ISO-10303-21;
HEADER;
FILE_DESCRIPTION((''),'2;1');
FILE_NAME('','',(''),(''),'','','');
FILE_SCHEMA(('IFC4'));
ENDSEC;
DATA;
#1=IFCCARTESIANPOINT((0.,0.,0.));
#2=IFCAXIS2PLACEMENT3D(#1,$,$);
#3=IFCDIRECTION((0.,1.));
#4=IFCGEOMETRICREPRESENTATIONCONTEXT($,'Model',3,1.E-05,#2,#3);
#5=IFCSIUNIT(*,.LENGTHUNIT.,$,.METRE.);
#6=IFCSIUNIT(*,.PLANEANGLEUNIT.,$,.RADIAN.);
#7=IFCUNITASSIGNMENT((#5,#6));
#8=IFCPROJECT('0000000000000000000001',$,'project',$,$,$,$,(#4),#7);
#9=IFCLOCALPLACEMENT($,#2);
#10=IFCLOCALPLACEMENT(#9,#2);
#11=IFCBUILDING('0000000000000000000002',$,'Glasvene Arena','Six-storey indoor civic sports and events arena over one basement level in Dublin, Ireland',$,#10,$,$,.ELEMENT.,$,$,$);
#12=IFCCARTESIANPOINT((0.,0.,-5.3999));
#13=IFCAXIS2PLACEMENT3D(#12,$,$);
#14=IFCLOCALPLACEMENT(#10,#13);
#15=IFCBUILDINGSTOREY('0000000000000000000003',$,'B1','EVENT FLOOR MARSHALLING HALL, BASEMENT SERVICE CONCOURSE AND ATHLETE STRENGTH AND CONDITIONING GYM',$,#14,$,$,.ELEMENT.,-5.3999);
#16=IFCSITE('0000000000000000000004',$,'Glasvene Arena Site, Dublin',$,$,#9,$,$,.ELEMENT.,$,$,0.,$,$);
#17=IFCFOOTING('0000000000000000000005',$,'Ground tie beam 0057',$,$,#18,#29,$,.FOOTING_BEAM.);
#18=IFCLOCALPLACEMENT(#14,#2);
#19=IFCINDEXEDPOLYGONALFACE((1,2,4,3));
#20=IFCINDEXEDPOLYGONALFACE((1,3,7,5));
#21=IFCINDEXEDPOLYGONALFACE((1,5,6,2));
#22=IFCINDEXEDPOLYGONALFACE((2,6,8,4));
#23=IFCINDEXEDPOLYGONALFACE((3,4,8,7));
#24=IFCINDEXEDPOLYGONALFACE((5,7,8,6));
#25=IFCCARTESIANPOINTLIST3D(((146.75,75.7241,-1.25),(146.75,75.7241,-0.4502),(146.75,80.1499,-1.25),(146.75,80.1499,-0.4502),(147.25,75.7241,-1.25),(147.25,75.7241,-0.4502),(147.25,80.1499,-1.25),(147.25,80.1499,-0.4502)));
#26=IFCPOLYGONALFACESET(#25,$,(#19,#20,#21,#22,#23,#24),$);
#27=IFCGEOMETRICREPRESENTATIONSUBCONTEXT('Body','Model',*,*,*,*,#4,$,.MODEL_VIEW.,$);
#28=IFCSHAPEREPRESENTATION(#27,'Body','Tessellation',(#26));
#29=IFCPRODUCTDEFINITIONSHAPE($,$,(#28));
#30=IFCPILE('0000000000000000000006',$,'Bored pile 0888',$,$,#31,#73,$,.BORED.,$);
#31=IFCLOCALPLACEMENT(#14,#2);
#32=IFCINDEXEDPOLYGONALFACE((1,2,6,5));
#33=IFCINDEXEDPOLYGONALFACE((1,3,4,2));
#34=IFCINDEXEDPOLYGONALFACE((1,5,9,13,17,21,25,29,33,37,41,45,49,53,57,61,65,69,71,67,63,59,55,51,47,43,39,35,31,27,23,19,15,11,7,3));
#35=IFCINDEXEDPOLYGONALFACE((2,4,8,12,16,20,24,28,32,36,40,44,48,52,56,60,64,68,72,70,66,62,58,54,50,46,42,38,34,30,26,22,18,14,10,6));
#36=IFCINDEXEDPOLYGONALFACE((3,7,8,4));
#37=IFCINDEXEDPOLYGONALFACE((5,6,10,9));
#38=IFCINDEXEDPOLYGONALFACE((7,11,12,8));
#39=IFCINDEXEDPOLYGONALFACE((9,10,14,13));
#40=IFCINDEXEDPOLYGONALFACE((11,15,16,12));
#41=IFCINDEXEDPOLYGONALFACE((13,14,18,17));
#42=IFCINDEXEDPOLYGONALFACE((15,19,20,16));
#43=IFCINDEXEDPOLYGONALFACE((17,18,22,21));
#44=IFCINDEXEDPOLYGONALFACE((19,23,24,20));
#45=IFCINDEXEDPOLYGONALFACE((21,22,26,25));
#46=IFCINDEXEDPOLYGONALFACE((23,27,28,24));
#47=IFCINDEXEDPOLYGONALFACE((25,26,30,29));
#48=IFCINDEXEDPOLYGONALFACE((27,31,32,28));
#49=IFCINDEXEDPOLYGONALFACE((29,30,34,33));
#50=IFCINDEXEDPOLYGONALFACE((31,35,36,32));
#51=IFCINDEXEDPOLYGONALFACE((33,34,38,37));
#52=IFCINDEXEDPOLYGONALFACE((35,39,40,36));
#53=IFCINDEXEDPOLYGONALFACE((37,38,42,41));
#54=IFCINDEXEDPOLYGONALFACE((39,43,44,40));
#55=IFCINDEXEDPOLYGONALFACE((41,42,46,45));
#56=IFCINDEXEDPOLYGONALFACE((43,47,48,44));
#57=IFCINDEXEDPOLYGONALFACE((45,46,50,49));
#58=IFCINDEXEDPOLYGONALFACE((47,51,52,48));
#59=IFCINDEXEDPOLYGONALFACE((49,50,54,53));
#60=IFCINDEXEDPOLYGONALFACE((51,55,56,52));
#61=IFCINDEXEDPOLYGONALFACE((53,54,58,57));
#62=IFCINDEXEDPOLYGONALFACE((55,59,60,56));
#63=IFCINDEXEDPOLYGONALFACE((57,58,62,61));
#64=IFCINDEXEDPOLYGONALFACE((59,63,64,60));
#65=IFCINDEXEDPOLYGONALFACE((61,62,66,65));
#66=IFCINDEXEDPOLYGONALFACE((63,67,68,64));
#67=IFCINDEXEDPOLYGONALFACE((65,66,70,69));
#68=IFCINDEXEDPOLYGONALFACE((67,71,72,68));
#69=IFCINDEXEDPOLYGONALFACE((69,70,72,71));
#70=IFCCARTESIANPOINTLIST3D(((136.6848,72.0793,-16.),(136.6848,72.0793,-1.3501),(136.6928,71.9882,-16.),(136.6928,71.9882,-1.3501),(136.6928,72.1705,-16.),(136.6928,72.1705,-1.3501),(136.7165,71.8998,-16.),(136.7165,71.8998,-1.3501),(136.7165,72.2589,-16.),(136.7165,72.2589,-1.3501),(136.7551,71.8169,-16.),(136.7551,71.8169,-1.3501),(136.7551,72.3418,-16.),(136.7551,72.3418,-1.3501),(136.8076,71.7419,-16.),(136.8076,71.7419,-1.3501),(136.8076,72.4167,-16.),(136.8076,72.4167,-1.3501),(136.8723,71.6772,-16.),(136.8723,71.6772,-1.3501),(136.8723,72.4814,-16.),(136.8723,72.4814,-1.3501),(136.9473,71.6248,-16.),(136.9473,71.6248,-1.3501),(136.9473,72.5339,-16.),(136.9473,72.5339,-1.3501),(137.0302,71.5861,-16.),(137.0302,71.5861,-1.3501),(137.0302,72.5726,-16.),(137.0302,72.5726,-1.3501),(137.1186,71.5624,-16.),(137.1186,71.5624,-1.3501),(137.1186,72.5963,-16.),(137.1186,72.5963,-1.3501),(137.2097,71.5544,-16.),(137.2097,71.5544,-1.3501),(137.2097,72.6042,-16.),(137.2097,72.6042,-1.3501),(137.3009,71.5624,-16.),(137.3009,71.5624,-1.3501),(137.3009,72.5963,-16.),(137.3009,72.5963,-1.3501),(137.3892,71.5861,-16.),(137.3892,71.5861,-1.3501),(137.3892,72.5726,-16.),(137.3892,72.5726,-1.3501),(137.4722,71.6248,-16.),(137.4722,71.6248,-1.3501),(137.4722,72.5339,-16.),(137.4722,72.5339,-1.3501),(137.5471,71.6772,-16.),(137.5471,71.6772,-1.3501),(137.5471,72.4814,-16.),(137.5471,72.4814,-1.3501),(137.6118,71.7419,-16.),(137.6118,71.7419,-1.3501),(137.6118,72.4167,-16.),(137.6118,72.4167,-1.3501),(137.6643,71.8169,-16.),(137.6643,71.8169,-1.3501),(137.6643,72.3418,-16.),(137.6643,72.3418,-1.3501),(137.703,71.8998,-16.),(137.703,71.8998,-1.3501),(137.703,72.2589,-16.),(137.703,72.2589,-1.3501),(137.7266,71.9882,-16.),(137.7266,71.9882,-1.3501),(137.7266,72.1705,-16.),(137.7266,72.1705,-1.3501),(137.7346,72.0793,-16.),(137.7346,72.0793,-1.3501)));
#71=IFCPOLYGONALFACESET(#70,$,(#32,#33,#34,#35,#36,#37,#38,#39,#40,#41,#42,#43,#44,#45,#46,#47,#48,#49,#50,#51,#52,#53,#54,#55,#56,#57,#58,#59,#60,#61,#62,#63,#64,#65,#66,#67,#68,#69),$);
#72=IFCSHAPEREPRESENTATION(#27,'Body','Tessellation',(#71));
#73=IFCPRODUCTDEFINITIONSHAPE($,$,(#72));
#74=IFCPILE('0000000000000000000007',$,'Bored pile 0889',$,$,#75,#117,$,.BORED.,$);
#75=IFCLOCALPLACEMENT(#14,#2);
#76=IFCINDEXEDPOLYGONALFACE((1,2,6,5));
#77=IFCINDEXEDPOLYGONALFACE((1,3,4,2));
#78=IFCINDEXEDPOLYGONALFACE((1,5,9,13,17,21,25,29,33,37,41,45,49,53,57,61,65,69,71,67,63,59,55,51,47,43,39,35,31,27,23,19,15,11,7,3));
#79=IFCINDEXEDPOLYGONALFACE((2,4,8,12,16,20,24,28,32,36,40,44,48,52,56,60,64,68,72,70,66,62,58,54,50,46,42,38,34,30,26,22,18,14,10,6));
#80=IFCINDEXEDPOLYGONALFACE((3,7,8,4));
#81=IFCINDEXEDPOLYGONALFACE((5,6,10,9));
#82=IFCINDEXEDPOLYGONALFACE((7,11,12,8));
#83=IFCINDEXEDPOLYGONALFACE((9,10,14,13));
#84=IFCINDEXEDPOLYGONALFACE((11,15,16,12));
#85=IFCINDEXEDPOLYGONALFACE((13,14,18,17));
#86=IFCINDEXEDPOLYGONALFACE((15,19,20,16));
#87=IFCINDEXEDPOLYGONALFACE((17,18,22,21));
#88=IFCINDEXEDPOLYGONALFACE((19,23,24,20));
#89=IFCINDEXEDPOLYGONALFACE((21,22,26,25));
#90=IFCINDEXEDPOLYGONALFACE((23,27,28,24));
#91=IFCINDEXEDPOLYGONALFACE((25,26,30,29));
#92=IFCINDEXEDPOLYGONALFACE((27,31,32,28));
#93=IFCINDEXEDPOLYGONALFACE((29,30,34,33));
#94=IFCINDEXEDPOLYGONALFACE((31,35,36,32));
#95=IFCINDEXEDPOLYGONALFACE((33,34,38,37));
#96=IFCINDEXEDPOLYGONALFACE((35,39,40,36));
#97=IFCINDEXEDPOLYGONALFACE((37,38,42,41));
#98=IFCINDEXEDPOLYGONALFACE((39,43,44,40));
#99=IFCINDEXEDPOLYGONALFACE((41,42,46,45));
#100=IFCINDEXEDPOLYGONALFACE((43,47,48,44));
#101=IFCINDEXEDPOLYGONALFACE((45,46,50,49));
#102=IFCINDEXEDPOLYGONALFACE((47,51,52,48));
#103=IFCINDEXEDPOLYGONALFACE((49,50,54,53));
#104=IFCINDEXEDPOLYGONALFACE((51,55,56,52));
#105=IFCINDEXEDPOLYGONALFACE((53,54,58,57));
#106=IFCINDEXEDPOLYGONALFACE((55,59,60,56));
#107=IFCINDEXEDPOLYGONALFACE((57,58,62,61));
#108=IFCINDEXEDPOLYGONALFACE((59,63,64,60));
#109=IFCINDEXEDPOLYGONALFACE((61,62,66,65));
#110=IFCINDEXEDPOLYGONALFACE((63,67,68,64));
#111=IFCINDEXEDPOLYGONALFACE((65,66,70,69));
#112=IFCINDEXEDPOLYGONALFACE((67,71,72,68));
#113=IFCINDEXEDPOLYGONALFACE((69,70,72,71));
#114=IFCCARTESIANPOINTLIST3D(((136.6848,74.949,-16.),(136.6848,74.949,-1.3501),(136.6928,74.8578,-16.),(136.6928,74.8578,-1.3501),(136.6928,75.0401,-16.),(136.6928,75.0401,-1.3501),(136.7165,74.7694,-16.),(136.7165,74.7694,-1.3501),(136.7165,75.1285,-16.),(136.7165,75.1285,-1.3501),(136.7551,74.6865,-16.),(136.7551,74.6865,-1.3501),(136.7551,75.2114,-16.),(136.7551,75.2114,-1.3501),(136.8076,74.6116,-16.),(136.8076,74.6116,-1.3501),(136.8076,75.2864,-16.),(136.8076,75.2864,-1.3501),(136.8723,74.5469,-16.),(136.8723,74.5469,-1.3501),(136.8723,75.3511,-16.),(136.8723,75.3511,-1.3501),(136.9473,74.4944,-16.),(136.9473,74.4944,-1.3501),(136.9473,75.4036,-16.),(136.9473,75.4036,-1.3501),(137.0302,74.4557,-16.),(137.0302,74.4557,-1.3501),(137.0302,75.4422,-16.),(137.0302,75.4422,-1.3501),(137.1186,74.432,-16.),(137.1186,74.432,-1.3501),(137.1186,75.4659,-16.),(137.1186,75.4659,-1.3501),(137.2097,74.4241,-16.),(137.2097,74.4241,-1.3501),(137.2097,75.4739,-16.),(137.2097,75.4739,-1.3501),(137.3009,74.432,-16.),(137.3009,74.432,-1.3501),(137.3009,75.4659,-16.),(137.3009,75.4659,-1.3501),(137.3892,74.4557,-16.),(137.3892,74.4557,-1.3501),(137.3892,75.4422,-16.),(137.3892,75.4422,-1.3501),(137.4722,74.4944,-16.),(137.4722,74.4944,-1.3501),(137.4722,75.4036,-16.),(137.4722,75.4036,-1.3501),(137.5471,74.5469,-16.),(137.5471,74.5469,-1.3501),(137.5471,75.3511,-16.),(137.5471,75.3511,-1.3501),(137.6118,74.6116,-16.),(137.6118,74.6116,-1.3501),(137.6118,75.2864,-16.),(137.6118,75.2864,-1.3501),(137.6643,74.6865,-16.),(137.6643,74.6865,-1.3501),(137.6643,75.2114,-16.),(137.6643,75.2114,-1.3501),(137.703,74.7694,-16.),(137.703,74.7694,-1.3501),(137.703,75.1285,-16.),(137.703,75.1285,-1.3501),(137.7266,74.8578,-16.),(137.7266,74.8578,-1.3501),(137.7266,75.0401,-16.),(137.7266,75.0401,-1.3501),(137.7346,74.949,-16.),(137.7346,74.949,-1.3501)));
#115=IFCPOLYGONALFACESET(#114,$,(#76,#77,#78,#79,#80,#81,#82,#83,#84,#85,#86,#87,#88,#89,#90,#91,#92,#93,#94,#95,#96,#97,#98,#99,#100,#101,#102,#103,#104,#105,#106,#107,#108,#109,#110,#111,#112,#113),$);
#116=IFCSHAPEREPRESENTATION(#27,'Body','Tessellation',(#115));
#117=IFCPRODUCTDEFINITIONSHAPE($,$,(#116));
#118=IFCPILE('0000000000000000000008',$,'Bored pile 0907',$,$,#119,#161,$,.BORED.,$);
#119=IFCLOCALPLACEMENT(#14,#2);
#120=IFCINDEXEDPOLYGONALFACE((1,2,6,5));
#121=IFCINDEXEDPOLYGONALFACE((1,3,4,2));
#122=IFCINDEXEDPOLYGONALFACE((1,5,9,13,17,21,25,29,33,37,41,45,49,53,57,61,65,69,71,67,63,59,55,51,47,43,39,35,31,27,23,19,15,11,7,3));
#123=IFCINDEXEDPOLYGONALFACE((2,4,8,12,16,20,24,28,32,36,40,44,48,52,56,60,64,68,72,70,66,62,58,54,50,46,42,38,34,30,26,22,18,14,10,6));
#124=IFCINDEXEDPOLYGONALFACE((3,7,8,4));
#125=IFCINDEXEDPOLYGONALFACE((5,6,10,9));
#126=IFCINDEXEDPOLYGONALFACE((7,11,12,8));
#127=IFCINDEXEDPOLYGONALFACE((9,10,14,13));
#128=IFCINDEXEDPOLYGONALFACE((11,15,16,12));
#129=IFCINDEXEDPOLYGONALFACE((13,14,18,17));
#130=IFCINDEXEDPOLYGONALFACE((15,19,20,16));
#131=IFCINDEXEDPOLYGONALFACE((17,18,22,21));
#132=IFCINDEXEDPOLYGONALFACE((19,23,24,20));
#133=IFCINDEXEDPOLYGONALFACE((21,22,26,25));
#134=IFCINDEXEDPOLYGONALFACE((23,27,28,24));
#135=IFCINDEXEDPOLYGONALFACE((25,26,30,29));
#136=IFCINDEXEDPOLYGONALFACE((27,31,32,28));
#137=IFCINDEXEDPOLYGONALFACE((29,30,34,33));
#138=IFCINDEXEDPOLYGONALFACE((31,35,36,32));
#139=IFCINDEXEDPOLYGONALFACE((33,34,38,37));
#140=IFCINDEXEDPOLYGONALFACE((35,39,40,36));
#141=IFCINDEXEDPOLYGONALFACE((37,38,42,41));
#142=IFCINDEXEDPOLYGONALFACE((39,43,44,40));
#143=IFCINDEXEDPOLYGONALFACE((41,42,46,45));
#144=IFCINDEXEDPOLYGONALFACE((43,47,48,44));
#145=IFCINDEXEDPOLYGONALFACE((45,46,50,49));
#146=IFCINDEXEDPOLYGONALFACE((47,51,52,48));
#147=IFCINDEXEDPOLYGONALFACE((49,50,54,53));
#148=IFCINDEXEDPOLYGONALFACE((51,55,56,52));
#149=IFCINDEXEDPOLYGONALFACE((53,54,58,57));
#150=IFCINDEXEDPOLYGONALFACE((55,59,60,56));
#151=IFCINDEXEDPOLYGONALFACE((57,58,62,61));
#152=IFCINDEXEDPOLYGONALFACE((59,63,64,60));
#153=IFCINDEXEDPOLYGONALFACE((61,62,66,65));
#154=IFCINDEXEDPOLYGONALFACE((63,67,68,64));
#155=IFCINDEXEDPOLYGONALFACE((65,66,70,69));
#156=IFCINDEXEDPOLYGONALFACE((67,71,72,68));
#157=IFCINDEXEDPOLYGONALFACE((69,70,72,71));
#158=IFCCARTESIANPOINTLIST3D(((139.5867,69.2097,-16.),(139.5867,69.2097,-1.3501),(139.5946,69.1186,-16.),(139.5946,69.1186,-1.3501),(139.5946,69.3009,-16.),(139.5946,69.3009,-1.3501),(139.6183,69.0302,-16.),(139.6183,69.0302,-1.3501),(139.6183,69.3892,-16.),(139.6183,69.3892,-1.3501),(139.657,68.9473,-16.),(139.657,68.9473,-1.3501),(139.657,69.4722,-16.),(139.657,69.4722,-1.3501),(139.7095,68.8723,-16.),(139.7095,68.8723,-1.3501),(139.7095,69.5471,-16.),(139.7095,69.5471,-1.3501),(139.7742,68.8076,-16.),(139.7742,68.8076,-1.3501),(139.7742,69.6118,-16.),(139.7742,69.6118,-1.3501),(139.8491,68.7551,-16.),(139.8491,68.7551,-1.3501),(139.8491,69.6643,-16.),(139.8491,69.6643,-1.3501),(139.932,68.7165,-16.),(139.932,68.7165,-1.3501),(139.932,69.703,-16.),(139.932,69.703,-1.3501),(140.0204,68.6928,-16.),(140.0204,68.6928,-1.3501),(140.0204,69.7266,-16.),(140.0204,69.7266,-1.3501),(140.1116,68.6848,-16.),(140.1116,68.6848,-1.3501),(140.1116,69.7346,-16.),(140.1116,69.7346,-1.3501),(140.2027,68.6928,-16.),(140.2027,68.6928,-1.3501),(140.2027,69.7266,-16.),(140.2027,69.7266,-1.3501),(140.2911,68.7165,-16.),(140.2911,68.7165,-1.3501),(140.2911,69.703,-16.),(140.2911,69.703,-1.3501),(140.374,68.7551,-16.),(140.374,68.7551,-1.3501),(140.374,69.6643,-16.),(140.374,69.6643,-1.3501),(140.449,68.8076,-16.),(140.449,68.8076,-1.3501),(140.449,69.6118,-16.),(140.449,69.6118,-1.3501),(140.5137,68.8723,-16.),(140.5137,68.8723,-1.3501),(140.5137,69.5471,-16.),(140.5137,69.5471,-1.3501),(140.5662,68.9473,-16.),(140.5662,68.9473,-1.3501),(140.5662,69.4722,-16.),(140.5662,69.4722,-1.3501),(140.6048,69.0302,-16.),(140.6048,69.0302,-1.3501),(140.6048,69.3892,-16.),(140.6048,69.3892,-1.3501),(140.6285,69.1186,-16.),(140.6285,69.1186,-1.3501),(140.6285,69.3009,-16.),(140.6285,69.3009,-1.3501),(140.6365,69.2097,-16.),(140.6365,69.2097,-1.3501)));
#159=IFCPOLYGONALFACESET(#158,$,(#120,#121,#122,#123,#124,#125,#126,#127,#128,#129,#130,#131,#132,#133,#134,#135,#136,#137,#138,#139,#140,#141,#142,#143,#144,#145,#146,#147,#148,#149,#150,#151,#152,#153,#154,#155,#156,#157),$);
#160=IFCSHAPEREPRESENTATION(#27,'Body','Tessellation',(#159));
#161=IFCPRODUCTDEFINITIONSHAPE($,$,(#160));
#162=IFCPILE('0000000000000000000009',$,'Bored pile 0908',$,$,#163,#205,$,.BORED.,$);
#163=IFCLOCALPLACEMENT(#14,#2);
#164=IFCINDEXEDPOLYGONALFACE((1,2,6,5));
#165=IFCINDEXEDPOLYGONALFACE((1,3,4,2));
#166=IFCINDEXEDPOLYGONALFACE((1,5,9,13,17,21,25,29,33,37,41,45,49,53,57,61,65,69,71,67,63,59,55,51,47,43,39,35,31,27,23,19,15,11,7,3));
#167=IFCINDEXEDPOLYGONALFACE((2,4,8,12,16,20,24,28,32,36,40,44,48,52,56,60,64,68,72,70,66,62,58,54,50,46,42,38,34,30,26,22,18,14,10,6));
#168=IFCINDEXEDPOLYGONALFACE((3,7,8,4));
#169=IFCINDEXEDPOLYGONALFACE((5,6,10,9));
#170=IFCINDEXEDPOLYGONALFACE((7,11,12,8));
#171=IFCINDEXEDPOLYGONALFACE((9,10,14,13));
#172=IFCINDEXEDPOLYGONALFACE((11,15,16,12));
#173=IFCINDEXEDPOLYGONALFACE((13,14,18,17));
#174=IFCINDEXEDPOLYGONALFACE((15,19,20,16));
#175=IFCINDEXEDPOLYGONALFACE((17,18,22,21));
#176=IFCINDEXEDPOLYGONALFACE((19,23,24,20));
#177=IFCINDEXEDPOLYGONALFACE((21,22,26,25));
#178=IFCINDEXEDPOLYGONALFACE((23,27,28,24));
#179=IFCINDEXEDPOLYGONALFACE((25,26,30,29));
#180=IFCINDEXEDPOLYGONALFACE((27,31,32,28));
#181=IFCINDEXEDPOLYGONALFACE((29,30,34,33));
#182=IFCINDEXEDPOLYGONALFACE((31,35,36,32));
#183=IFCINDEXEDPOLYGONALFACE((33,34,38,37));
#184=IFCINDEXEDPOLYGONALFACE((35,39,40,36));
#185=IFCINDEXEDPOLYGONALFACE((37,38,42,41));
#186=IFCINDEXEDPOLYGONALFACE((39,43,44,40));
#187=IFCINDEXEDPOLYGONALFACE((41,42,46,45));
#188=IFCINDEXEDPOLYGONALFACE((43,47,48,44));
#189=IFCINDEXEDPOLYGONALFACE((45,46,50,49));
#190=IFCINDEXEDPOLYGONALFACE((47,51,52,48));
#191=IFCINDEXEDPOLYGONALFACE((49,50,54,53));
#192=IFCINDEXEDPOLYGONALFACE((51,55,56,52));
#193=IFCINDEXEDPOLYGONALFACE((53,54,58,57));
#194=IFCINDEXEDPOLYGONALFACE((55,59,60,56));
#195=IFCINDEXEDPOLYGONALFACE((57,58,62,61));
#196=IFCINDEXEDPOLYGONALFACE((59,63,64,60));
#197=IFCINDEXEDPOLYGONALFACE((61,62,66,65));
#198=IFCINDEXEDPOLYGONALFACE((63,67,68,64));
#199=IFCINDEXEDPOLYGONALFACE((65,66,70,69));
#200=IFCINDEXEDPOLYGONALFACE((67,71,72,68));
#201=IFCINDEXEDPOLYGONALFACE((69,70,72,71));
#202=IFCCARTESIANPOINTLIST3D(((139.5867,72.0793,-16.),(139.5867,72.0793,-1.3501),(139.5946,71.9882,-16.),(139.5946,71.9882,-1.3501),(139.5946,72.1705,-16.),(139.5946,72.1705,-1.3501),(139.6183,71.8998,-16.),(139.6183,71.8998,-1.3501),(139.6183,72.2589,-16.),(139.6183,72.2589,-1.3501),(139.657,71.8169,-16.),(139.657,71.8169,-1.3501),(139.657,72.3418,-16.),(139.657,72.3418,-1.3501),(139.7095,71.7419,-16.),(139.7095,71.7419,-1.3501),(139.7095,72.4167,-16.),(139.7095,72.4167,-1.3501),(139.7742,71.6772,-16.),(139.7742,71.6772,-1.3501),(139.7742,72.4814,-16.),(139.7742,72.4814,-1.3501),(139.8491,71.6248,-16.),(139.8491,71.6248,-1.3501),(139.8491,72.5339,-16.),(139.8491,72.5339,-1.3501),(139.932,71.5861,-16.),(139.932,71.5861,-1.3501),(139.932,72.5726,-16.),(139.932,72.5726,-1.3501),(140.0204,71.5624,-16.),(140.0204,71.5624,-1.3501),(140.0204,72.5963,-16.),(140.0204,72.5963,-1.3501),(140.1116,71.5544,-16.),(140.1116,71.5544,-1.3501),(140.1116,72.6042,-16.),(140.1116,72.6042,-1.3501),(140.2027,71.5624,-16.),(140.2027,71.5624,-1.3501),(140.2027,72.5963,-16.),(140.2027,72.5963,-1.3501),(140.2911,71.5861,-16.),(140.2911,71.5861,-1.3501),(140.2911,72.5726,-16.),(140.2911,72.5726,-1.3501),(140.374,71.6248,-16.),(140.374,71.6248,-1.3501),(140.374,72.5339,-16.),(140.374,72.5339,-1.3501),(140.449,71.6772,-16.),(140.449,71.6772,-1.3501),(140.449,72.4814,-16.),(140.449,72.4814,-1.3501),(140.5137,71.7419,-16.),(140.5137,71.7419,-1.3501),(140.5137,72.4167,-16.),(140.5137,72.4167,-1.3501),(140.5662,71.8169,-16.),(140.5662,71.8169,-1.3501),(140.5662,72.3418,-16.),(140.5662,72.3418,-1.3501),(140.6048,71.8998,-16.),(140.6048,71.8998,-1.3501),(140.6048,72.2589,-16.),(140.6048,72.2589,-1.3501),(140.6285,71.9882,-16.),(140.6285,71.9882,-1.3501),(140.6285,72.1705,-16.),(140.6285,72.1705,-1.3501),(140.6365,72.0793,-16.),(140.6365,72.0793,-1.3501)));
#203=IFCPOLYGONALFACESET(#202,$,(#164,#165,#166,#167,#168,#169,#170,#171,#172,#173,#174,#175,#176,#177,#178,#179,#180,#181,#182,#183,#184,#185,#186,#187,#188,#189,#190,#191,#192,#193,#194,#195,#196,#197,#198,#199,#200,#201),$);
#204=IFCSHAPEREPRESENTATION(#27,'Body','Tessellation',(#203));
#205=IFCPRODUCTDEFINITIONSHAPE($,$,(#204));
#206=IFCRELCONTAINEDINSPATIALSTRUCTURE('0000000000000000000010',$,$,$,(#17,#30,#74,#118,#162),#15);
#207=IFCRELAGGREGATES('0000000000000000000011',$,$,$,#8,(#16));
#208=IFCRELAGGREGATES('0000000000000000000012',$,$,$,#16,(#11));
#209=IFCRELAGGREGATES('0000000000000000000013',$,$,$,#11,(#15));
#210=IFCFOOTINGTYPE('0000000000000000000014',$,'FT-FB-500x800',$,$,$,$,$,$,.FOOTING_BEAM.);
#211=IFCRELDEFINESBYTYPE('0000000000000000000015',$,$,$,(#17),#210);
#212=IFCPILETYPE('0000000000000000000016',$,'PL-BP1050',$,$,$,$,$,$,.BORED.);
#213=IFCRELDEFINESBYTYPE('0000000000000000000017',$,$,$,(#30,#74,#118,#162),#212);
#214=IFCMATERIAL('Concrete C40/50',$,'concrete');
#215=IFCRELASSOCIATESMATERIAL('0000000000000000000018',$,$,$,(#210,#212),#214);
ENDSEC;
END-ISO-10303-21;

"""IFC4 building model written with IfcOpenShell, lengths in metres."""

from ifc_helpers import new_model, si_unit, direction, frame, origin, origin_2d, place, context, subcontext, project, spatial, polyline, circle, outline, extrude, material, material_profile, profile_set, type_object, element, save


model = new_model("IFC4")

# Units and contexts
model_context = context("Model", 3, precision=1e-05, world=origin(), true_north=direction((0.0, 1.0)))
body_context = subcontext(model_context, "Body", "Model", "MODEL_VIEW")
ifc_project = project(units=[si_unit("LENGTHUNIT", "METRE"), si_unit("PLANEANGLEUNIT", "RADIAN")], contexts=[model_context])

# Site, building, storey
site_placement = place(None, origin())
site = spatial("IfcSite", under=ifc_project, at=site_placement, Name="Glasvene Arena Site, Dublin", CompositionType="ELEMENT", RefElevation=0.0)
building_placement = place(site_placement, origin())
building = spatial("IfcBuilding", under=site, at=building_placement, Name="Glasvene Arena", Description="Six-storey indoor civic sports and events arena over one basement level in Dublin, Ireland", CompositionType="ELEMENT")
storey_placement = place(building_placement, frame((0.0, 0.0, -5.3999)))
storey = spatial("IfcBuildingStorey", under=building, at=storey_placement, Name="B1", Description="EVENT FLOOR MARSHALLING HALL, BASEMENT SERVICE CONCOURSE AND ATHLETE STRENGTH AND CONDITIONING GYM", CompositionType="ELEMENT", Elevation=-5.3999)

# Footing
ifc_material_1 = material(Name="Concrete C40/50", Category="concrete")
footing_type = type_object("IfcFootingType", Name="FT-FB-500x800", PredefinedType="FOOTING_BEAM", material=ifc_material_1)
footing_placement = place(storey_placement, frame((147.0, 77.937, -1.25)))
element("IfcFooting", 1, at=footing_placement, inside=storey, type_object=footing_type, Name="Ground tie beam 0057", PredefinedType="FOOTING_BEAM", context=body_context, shape_type="SweptSolid", body=[
    extrude(outline(polyline([(-0.25, -2.2129), (0.25, -2.2129), (0.25, 2.2129), (-0.25, 2.2129), (-0.25, -2.2129)])), origin(), (0.0, 0.0, 1.0), 0.7998),
])

# Piles
ifc_material_profile_1 = material_profile(ifc_material_1, circle(Radius=0.5249, at=origin_2d()), Name="BORED PILE 1050")
ifc_profile_set_1 = profile_set([ifc_material_profile_1], Name="Concrete C40/50")
pile_type = type_object("IfcPileType", Name="PL-BP1050", PredefinedType="BORED", material=ifc_profile_set_1)
for number, where, z_axis, x_axis, name in (
    (2, (137.2097, 72.0793, -1.3501), (0.0, 0.0, -1.0), (1.0, 0.0, 0.0), "Bored pile 0888"),
    (3, (137.2097, 74.949, -1.3501), (0.0, 0.0, -1.0), (1.0, 0.0, 0.0), "Bored pile 0889"),
    (4, (140.1116, 69.2097, -1.3501), (0.0, 0.0, -1.0), (1.0, 0.0, 0.0), "Bored pile 0907"),
    (5, (140.1116, 72.0793, -1.3501), (0.0, 0.0, -1.0), (1.0, 0.0, 0.0), "Bored pile 0908"),
):
    element("IfcPile", number, at=place(storey_placement, frame(where, z_axis=z_axis, x_axis=x_axis)), inside=storey, type_object=pile_type, Name=name, PredefinedType="BORED", context=body_context, shape_type="SweptSolid", body=[
        extrude(circle(Radius=0.5249, at=origin_2d()), origin(), (0.0, 0.0, 1.0), 14.6499),
    ])

save(model, "model.ifc")
